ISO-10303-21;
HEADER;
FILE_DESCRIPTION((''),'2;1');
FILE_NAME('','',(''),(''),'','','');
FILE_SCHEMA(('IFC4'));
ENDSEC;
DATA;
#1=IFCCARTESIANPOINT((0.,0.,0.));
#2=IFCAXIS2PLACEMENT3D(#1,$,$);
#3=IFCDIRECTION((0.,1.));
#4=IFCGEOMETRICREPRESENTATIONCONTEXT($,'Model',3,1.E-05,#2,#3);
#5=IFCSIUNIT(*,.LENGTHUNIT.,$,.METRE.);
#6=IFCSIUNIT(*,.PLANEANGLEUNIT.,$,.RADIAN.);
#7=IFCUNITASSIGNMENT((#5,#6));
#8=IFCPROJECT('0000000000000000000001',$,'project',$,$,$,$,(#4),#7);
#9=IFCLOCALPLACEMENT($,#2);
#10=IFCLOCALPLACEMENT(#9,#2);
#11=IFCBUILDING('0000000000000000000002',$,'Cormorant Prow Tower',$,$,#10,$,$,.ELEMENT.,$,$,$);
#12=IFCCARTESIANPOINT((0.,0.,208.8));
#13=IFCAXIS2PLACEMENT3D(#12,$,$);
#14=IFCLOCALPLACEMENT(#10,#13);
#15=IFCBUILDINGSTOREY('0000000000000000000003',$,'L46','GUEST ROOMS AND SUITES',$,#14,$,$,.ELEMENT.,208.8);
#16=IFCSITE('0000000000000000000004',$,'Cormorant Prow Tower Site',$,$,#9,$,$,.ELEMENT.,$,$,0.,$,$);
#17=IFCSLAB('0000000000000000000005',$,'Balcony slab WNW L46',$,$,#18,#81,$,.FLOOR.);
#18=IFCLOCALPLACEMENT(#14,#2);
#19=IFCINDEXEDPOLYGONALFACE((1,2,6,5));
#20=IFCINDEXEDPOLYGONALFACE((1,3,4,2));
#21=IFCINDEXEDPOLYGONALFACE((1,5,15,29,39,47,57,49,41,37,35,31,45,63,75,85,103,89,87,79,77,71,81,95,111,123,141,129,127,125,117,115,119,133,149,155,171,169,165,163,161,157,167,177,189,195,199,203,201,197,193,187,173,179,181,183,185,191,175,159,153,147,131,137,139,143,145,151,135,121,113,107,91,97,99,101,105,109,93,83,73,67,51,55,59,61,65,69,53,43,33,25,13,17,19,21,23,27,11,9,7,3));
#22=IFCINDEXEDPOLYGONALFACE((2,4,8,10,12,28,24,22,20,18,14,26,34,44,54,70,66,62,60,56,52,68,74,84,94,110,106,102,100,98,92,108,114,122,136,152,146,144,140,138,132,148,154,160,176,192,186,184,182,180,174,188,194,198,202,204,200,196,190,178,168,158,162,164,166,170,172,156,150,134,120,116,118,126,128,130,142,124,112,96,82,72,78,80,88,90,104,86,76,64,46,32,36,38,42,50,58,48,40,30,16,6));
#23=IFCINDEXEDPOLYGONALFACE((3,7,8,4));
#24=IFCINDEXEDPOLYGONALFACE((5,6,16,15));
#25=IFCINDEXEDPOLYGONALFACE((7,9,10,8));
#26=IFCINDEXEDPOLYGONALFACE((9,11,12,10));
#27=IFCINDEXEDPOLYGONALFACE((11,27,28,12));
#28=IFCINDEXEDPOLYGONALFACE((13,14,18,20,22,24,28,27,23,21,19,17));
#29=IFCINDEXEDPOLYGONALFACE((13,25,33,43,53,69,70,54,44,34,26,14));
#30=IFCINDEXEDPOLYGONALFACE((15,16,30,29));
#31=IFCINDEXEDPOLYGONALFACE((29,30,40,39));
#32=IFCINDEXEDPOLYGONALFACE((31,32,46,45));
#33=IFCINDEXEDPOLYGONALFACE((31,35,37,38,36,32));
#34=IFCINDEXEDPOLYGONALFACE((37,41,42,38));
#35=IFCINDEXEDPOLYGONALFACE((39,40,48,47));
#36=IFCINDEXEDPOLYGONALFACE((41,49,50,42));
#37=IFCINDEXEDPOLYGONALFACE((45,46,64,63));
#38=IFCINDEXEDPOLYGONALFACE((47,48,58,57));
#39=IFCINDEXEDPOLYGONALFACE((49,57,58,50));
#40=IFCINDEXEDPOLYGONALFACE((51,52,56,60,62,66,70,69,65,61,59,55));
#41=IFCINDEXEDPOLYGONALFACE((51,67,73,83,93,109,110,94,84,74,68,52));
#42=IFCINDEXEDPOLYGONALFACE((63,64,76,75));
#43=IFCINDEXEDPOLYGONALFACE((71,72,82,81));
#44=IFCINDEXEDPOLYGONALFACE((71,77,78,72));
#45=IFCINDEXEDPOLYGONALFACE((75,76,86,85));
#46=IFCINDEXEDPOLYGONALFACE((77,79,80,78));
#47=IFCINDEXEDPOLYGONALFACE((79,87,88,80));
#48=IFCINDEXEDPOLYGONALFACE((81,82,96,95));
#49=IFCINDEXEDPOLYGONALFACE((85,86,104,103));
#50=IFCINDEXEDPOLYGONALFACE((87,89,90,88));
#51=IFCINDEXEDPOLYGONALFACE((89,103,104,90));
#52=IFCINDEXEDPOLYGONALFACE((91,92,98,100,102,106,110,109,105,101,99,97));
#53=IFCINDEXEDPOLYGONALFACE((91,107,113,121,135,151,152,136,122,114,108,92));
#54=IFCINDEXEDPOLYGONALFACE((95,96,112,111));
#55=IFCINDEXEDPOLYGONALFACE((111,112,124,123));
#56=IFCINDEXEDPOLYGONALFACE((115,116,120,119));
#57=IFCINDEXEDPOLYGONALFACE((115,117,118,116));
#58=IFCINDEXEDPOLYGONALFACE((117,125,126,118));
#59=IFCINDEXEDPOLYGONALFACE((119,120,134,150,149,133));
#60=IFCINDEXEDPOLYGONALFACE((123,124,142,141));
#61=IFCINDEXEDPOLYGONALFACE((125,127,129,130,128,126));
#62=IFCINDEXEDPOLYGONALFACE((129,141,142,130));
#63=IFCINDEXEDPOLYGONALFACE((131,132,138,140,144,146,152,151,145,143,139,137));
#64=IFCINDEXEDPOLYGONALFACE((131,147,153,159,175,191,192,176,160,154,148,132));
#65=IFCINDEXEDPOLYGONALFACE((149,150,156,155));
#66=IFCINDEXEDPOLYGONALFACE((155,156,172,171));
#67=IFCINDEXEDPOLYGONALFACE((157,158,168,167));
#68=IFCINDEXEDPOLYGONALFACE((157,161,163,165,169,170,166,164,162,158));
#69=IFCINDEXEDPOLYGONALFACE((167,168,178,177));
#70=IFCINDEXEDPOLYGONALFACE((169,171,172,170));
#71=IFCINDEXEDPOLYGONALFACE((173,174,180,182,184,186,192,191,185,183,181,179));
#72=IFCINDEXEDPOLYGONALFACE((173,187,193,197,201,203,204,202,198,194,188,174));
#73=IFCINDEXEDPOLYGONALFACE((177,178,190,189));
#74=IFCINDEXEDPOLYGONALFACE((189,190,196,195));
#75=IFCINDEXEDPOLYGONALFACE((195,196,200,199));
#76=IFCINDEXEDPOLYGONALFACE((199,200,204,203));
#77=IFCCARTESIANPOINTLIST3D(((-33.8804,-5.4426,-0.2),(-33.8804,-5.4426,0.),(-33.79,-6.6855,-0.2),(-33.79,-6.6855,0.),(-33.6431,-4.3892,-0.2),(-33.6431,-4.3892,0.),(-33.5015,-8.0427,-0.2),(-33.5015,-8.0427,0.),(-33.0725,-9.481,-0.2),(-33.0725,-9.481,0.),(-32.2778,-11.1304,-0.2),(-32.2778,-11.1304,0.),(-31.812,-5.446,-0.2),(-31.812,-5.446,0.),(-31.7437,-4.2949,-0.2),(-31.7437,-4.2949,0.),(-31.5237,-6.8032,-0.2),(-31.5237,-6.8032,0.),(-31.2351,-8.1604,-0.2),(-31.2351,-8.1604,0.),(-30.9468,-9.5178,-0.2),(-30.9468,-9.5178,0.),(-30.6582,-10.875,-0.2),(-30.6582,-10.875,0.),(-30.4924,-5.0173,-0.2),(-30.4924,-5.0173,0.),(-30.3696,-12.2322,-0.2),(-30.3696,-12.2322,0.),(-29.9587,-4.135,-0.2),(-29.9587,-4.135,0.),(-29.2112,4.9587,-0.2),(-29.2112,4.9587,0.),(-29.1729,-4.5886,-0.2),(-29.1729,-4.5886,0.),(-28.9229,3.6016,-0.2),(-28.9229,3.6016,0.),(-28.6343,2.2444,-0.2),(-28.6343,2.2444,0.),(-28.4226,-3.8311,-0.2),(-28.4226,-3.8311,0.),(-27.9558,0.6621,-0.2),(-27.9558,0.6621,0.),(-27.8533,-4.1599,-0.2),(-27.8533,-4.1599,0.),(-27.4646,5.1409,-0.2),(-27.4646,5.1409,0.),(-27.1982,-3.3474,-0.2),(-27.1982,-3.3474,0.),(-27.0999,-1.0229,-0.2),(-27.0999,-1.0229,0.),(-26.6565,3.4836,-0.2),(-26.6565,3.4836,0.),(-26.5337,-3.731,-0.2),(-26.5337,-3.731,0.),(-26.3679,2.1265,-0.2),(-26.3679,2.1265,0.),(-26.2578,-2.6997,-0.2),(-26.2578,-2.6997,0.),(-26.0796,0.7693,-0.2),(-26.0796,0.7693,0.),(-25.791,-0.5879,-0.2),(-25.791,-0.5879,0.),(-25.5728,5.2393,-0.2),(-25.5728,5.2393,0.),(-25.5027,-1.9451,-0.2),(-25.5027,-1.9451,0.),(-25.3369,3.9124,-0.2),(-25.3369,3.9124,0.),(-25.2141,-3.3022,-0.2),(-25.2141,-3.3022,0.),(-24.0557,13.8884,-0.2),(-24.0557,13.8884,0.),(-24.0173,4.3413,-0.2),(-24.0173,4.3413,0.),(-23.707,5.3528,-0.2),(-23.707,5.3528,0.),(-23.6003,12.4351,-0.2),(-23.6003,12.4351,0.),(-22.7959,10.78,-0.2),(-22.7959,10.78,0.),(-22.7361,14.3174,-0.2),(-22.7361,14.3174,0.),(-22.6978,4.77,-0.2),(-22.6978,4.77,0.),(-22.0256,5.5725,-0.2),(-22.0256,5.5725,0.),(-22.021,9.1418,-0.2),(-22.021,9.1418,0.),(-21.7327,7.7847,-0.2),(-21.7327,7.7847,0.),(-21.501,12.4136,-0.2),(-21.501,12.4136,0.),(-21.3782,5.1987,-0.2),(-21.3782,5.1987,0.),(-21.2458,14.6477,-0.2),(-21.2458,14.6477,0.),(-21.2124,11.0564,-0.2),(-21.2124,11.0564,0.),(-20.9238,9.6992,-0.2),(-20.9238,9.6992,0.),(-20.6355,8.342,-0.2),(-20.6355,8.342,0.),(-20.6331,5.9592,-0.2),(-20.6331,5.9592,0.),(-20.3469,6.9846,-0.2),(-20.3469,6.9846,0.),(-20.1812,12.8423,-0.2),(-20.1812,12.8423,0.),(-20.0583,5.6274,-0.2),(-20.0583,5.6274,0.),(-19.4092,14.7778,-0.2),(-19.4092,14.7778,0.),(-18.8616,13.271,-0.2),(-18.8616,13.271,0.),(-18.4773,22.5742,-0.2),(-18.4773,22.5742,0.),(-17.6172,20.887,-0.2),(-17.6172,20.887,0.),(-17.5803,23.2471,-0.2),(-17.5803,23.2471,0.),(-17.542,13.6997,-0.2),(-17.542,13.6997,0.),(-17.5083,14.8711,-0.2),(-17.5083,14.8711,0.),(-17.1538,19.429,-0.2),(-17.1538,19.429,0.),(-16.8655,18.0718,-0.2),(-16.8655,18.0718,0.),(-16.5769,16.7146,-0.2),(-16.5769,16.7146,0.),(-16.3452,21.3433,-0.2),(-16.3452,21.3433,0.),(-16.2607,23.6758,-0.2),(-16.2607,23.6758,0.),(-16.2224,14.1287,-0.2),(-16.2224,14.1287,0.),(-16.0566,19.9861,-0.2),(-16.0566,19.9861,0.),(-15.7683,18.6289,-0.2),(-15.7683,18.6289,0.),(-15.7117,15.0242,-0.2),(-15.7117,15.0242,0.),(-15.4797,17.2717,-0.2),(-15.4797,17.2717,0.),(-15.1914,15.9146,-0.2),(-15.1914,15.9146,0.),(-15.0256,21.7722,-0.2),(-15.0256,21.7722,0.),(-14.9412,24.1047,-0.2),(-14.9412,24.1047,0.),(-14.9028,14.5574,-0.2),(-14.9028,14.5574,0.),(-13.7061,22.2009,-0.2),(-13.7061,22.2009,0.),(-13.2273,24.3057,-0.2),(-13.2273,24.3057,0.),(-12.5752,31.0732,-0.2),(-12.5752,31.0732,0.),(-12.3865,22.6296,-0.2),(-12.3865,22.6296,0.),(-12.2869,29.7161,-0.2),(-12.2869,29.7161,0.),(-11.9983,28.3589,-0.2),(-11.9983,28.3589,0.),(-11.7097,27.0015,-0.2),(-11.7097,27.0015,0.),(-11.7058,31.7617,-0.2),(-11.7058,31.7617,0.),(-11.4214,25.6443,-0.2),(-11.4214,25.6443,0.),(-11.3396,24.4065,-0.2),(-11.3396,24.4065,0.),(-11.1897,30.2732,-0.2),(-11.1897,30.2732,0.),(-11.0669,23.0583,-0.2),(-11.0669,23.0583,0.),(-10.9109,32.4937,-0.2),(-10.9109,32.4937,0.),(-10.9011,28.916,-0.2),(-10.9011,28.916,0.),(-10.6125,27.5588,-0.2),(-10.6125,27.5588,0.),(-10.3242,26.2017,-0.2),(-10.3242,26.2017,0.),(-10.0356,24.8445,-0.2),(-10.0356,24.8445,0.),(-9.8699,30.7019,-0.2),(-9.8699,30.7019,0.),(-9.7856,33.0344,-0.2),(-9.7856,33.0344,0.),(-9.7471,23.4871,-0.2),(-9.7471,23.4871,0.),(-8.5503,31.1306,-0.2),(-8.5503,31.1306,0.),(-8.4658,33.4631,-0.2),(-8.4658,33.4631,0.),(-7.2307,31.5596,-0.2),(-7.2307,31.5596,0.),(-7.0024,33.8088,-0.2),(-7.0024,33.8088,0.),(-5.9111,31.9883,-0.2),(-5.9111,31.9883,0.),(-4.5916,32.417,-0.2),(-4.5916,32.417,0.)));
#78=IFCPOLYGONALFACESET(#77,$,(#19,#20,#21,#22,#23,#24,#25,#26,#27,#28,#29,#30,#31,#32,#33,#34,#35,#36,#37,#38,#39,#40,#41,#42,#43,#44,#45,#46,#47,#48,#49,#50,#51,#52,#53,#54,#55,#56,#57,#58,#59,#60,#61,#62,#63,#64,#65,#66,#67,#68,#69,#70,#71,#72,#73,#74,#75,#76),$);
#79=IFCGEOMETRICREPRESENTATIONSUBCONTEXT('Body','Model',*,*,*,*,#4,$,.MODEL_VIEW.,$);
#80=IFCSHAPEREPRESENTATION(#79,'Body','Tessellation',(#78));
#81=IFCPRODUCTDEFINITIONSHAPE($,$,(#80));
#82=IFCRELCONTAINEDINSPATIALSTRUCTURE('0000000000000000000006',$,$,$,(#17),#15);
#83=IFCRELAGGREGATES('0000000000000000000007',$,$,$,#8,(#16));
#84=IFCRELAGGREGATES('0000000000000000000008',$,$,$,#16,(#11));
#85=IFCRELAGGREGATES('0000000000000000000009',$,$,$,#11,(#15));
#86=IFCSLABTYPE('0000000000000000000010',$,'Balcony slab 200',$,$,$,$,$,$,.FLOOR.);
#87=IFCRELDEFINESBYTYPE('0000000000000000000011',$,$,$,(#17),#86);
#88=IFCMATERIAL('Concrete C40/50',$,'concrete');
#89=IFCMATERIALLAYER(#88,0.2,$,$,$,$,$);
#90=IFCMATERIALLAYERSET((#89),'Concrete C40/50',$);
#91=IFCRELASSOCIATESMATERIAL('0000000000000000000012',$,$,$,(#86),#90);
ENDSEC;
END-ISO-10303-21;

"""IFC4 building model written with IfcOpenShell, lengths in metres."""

from ifc_helpers import new_model, si_unit, direction, frame, origin, place, context, subcontext, project, spatial, polyline, outline, extrude, material, layer, layer_set, type_object, element, save


model = new_model("IFC4")

# Units and contexts
model_context = context("Model", 3, precision=1e-05, world=origin(), true_north=direction((0.0, 1.0)))
body_context = subcontext(model_context, "Body", "Model", "MODEL_VIEW")
ifc_project = project(units=[si_unit("LENGTHUNIT", "METRE"), si_unit("PLANEANGLEUNIT", "RADIAN")], contexts=[model_context])

# Site, building, storey
site_placement = place(None, origin())
site = spatial("IfcSite", under=ifc_project, at=site_placement, Name="Cormorant Prow Tower Site", CompositionType="ELEMENT", RefElevation=0.0)
building_placement = place(site_placement, origin())
building = spatial("IfcBuilding", under=site, at=building_placement, Name="Cormorant Prow Tower", CompositionType="ELEMENT")
storey_placement = place(building_placement, frame((0.0, 0.0, 208.8)))
storey = spatial("IfcBuildingStorey", under=building, at=storey_placement, Name="L46", Description="GUEST ROOMS AND SUITES", CompositionType="ELEMENT", Elevation=208.8)

# Slab
ifc_material_1 = material(Name="Concrete C40/50", Category="concrete")
ifc_layer_1 = layer(ifc_material_1, 0.2)
ifc_layer_set_1 = layer_set([ifc_layer_1], Name="Concrete C40/50")
slab_type_1 = type_object("IfcSlabType", Name="Balcony slab 200", PredefinedType="FLOOR", material=ifc_layer_set_1)
slab_1_placement = place(storey_placement, frame((0.0, 0.0, -0.2)))
element("IfcSlab", 1, at=slab_1_placement, inside=storey, type_object=slab_type_1, Name="Balcony slab WNW L46", PredefinedType="FLOOR", context=body_context, shape_type="SweptSolid", body=[
    extrude(outline(polyline([(-4.5916, 32.417), (-7.0024, 33.8088), (-8.4658, 33.4631), (-9.7856, 33.0344), (-10.9109, 32.4937), (-11.7058, 31.7617), (-12.5752, 31.0732), (-12.2869, 29.7161), (-11.9983, 28.3589), (-11.7097, 27.0015), (-11.4214, 25.6443), (-11.3396, 24.4065), (-13.2273, 24.3057), (-14.9412, 24.1047), (-16.2607, 23.6758), (-17.5803, 23.2471), (-18.4773, 22.5742), (-17.6172, 20.887), (-17.1538, 19.429), (-16.8655, 18.0718), (-16.5769, 16.7146), (-15.7117, 15.0242), (-17.5083, 14.8711), (-19.4092, 14.7778), (-21.2458, 14.6477), (-22.7361, 14.3174), (-24.0557, 13.8884), (-23.6003, 12.4351), (-22.7959, 10.78), (-22.021, 9.1418), (-21.7327, 7.7847), (-20.6331, 5.9592), (-22.0256, 5.5725), (-23.707, 5.3528), (-25.5728, 5.2393), (-27.4646, 5.1409), (-29.2112, 4.9587), (-28.9229, 3.6016), (-28.6343, 2.2444), (-27.9558, 0.6621), (-27.0999, -1.0229), (-26.2578, -2.6997), (-27.1982, -3.3474), (-28.4226, -3.8311), (-29.9587, -4.135), (-31.7437, -4.2949), (-33.6431, -4.3892), (-33.8804, -5.4426), (-33.79, -6.6855), (-33.5015, -8.0427), (-33.0725, -9.481), (-32.2778, -11.1304), (-30.3696, -12.2322), (-30.6582, -10.875), (-30.9468, -9.5178), (-31.2351, -8.1604), (-31.5237, -6.8032), (-31.812, -5.446), (-30.4924, -5.0173), (-29.1729, -4.5886), (-27.8533, -4.1599), (-26.5337, -3.731), (-25.2141, -3.3022), (-25.5027, -1.9451), (-25.791, -0.5879), (-26.0796, 0.7693), (-26.3679, 2.1265), (-26.6565, 3.4836), (-25.3369, 3.9124), (-24.0173, 4.3413), (-22.6978, 4.77), (-21.3782, 5.1987), (-20.0583, 5.6274), (-20.3469, 6.9846), (-20.6355, 8.342), (-20.9238, 9.6992), (-21.2124, 11.0564), (-21.501, 12.4136), (-20.1812, 12.8423), (-18.8616, 13.271), (-17.542, 13.6997), (-16.2224, 14.1287), (-14.9028, 14.5574), (-15.1914, 15.9146), (-15.4797, 17.2717), (-15.7683, 18.6289), (-16.0566, 19.9861), (-16.3452, 21.3433), (-15.0256, 21.7722), (-13.7061, 22.2009), (-12.3865, 22.6296), (-11.0669, 23.0583), (-9.7471, 23.4871), (-10.0356, 24.8445), (-10.3242, 26.2017), (-10.6125, 27.5588), (-10.9011, 28.916), (-11.1897, 30.2732), (-9.8699, 30.7019), (-8.5503, 31.1306), (-7.2307, 31.5596), (-5.9111, 31.9883), (-4.5916, 32.417)])), origin(), (0.0, 0.0, 1.0), 0.2),
])

save(model, "model.ifc")
